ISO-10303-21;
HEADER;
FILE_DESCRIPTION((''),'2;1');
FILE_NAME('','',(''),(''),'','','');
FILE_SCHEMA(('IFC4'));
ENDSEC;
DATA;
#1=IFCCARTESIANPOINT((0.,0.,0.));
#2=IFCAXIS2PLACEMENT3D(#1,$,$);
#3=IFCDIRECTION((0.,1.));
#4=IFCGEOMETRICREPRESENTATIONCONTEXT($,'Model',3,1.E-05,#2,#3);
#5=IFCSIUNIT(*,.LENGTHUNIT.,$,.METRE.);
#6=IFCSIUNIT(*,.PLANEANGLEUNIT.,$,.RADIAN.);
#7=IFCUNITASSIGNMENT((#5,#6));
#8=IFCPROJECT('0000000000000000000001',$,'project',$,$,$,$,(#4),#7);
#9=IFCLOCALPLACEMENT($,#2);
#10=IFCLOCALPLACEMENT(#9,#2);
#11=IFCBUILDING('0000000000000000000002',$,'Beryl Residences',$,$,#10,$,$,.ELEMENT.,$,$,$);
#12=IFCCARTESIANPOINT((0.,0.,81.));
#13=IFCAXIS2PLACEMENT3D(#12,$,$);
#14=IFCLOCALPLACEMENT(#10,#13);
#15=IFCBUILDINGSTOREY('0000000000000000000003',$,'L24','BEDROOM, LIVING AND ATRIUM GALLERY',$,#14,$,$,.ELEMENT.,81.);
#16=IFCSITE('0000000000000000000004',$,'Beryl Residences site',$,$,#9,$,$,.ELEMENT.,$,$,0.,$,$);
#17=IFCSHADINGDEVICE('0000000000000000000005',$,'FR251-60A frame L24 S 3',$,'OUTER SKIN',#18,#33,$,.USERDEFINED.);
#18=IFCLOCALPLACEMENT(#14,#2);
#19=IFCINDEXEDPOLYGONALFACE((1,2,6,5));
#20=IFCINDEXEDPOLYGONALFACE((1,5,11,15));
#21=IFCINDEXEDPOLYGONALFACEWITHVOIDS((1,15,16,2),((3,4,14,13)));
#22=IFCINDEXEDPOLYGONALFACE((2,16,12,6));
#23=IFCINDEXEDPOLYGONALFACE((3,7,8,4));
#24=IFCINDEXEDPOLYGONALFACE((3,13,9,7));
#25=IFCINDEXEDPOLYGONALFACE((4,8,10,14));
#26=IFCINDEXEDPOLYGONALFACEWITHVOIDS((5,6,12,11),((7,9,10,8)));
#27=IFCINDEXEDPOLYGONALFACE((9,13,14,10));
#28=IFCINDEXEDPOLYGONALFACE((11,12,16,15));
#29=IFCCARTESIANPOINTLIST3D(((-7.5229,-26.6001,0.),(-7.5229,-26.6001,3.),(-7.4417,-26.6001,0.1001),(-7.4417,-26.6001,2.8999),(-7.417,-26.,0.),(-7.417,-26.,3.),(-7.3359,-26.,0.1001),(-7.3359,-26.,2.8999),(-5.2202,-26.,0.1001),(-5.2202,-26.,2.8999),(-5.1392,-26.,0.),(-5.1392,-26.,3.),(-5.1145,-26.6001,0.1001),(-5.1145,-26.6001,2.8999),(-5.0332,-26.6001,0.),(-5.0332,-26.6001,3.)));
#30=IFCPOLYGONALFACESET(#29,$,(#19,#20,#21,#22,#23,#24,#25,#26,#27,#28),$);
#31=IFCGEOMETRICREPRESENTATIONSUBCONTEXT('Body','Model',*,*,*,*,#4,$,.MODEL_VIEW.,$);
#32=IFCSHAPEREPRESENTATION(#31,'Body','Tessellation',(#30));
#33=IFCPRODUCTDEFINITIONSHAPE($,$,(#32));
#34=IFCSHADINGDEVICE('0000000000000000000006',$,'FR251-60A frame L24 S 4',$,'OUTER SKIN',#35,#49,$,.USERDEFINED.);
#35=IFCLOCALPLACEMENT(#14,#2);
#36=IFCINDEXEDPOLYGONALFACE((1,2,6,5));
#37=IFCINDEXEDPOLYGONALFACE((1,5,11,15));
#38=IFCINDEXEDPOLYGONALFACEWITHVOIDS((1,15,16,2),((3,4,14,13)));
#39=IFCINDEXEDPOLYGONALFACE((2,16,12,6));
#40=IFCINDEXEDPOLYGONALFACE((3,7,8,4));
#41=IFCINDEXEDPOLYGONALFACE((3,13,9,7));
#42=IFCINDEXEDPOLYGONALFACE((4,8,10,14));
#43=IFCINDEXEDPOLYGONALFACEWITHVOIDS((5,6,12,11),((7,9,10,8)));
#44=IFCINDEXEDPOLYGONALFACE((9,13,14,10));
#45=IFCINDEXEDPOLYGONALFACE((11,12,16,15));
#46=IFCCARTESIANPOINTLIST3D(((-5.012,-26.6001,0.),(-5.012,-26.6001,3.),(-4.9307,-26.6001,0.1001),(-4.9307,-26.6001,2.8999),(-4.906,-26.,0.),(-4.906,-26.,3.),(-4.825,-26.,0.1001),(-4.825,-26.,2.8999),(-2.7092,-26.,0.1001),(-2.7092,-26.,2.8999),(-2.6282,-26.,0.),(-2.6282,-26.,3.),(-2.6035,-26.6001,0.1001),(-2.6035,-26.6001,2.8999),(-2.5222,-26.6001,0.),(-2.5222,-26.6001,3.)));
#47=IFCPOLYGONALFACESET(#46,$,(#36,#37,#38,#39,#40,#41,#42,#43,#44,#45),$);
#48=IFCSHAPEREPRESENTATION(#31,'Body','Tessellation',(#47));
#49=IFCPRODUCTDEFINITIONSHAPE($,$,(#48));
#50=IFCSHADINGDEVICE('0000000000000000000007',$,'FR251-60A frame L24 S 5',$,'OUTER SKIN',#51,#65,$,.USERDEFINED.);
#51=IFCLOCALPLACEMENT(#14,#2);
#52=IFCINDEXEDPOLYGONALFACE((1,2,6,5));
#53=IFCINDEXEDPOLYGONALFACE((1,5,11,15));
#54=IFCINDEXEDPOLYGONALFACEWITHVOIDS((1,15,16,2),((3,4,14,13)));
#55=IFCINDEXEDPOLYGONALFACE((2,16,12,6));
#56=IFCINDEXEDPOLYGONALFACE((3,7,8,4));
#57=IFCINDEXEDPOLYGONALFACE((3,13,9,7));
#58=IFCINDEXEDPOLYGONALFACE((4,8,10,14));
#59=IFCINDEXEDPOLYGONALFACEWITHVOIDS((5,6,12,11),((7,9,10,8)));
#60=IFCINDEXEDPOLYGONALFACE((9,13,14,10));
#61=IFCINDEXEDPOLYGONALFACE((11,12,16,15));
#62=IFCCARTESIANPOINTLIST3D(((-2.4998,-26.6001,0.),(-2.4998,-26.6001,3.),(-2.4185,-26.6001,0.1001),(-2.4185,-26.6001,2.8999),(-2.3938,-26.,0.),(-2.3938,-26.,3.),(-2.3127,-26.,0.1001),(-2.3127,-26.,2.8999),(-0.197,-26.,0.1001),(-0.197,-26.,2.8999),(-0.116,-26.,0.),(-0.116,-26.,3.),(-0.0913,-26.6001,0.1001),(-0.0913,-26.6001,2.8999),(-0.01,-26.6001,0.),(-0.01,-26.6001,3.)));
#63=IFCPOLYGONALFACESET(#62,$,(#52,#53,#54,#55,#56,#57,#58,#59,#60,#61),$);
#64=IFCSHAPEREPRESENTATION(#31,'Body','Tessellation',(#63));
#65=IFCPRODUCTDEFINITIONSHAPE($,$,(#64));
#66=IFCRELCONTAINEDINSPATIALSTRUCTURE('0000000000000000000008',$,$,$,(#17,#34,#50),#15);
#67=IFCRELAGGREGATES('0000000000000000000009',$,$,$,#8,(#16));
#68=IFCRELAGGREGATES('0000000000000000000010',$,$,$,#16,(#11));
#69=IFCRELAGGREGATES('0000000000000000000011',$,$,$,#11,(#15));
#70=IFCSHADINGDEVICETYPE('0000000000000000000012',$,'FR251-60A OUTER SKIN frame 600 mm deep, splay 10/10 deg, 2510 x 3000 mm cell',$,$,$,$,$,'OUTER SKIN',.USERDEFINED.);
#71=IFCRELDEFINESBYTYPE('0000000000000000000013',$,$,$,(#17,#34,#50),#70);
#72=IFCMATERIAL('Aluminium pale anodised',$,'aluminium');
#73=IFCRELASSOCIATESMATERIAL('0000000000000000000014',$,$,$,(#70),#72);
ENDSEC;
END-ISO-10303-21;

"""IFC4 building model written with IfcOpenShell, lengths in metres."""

from ifc_helpers import new_model, entity, si_unit, direction, frame, origin, place, context, subcontext, project, spatial, source, transform, mapped, material, type_object, type_shapes, element, save


model = new_model("IFC4")

# Units and contexts
model_context = context("Model", 3, precision=1e-05, world=origin(), true_north=direction((0.0, 1.0)))
body_context = subcontext(model_context, "Body", "Model", "MODEL_VIEW")
ifc_project = project(units=[si_unit("LENGTHUNIT", "METRE"), si_unit("PLANEANGLEUNIT", "RADIAN")], contexts=[model_context])

# Site, building, storey
site_placement = place(None, origin())
site = spatial("IfcSite", under=ifc_project, at=site_placement, Name="Beryl Residences site", CompositionType="ELEMENT", RefElevation=0.0)
building_placement = place(site_placement, origin())
building = spatial("IfcBuilding", under=site, at=building_placement, Name="Beryl Residences", CompositionType="ELEMENT")
storey_placement = place(building_placement, frame((0.0, 0.0, 81.0)))
storey = spatial("IfcBuildingStorey", under=building, at=storey_placement, Name="L24", Description="BEDROOM, LIVING AND ATRIUM GALLERY", CompositionType="ELEMENT", Elevation=81.0)

# Shading devices
ifc_material_1 = material(Name="Aluminium pale anodised", Category="aluminium")
shading_device_type = type_object("IfcShadingDeviceType", Name="FR251-60A OUTER SKIN frame 600 mm deep, splay 10/10 deg, 2510 x 3000 mm cell", ElementType="OUTER SKIN", PredefinedType="USERDEFINED", material=ifc_material_1)
cartesian_point_1 = entity("IfcCartesianPoint", [-1.1389, 0.0])
cartesian_point_2 = entity("IfcCartesianPoint", [-1.0579, 0.1001])
cartesian_point_3 = entity("IfcCartesianPoint", [-1.2449, 0.0])
cartesian_point_4 = entity("IfcCartesianPoint", [-1.1636, 0.1001])
shared_shape = source(origin(), body_context, "Body", "SweptSolid", [
    entity("IfcExtrudedAreaSolidTapered", entity("IfcArbitraryProfileDefWithVoids", "AREA", None, entity("IfcPolyline", [cartesian_point_1, entity("IfcCartesianPoint", [1.1389, 0.0]), entity("IfcCartesianPoint", [1.1389, 3.0]), entity("IfcCartesianPoint", [-1.1389, 3.0]), cartesian_point_1]), [entity("IfcPolyline", [cartesian_point_2, entity("IfcCartesianPoint", [1.0579, 0.1001]), entity("IfcCartesianPoint", [1.0579, 2.8999]), entity("IfcCartesianPoint", [-1.0579, 2.8999]), cartesian_point_2])]), entity("IfcAxis2Placement3D", entity("IfcCartesianPoint", [0.0, 0.0, 0.0]), entity("IfcDirection", [0.0, 1.0, 0.0]), entity("IfcDirection", [-1.0, 0.0, 0.0])), entity("IfcDirection", [0.0, 0.0, 1.0]), 0.6001, entity("IfcArbitraryProfileDefWithVoids", "AREA", None, entity("IfcPolyline", [cartesian_point_3, entity("IfcCartesianPoint", [1.2449, 0.0]), entity("IfcCartesianPoint", [1.2449, 3.0]), entity("IfcCartesianPoint", [-1.2449, 3.0]), cartesian_point_3]), [entity("IfcPolyline", [cartesian_point_4, entity("IfcCartesianPoint", [1.1636, 0.1001]), entity("IfcCartesianPoint", [1.1636, 2.8999]), entity("IfcCartesianPoint", [-1.1636, 2.8999]), cartesian_point_4])])),
])
type_shapes(shading_device_type, [shared_shape])
for number, where, z_axis, x_axis, name in (
    (1, (-6.2781, -26.0, 0.0), (0.0, 0.0, 1.0), (-1.0, 0.0, 0.0), "FR251-60A frame L24 S 3"),
    (2, (-3.7671, -26.0, 0.0), (0.0, 0.0, 1.0), (-1.0, 0.0, 0.0), "FR251-60A frame L24 S 4"),
    (3, (-1.2549, -26.0, 0.0), (0.0, 0.0, 1.0), (-1.0, 0.0, 0.0), "FR251-60A frame L24 S 5"),
):
    element("IfcShadingDevice", number, at=place(storey_placement, frame(where, z_axis=z_axis, x_axis=x_axis)), inside=storey, type_object=shading_device_type, Name=name, ObjectType="OUTER SKIN", PredefinedType="USERDEFINED", context=body_context, shape_type="MappedRepresentation", body=[
        mapped(shared_shape, transform((0.0, 0.0, 0.0))),
    ])

save(model, "model.ifc")
